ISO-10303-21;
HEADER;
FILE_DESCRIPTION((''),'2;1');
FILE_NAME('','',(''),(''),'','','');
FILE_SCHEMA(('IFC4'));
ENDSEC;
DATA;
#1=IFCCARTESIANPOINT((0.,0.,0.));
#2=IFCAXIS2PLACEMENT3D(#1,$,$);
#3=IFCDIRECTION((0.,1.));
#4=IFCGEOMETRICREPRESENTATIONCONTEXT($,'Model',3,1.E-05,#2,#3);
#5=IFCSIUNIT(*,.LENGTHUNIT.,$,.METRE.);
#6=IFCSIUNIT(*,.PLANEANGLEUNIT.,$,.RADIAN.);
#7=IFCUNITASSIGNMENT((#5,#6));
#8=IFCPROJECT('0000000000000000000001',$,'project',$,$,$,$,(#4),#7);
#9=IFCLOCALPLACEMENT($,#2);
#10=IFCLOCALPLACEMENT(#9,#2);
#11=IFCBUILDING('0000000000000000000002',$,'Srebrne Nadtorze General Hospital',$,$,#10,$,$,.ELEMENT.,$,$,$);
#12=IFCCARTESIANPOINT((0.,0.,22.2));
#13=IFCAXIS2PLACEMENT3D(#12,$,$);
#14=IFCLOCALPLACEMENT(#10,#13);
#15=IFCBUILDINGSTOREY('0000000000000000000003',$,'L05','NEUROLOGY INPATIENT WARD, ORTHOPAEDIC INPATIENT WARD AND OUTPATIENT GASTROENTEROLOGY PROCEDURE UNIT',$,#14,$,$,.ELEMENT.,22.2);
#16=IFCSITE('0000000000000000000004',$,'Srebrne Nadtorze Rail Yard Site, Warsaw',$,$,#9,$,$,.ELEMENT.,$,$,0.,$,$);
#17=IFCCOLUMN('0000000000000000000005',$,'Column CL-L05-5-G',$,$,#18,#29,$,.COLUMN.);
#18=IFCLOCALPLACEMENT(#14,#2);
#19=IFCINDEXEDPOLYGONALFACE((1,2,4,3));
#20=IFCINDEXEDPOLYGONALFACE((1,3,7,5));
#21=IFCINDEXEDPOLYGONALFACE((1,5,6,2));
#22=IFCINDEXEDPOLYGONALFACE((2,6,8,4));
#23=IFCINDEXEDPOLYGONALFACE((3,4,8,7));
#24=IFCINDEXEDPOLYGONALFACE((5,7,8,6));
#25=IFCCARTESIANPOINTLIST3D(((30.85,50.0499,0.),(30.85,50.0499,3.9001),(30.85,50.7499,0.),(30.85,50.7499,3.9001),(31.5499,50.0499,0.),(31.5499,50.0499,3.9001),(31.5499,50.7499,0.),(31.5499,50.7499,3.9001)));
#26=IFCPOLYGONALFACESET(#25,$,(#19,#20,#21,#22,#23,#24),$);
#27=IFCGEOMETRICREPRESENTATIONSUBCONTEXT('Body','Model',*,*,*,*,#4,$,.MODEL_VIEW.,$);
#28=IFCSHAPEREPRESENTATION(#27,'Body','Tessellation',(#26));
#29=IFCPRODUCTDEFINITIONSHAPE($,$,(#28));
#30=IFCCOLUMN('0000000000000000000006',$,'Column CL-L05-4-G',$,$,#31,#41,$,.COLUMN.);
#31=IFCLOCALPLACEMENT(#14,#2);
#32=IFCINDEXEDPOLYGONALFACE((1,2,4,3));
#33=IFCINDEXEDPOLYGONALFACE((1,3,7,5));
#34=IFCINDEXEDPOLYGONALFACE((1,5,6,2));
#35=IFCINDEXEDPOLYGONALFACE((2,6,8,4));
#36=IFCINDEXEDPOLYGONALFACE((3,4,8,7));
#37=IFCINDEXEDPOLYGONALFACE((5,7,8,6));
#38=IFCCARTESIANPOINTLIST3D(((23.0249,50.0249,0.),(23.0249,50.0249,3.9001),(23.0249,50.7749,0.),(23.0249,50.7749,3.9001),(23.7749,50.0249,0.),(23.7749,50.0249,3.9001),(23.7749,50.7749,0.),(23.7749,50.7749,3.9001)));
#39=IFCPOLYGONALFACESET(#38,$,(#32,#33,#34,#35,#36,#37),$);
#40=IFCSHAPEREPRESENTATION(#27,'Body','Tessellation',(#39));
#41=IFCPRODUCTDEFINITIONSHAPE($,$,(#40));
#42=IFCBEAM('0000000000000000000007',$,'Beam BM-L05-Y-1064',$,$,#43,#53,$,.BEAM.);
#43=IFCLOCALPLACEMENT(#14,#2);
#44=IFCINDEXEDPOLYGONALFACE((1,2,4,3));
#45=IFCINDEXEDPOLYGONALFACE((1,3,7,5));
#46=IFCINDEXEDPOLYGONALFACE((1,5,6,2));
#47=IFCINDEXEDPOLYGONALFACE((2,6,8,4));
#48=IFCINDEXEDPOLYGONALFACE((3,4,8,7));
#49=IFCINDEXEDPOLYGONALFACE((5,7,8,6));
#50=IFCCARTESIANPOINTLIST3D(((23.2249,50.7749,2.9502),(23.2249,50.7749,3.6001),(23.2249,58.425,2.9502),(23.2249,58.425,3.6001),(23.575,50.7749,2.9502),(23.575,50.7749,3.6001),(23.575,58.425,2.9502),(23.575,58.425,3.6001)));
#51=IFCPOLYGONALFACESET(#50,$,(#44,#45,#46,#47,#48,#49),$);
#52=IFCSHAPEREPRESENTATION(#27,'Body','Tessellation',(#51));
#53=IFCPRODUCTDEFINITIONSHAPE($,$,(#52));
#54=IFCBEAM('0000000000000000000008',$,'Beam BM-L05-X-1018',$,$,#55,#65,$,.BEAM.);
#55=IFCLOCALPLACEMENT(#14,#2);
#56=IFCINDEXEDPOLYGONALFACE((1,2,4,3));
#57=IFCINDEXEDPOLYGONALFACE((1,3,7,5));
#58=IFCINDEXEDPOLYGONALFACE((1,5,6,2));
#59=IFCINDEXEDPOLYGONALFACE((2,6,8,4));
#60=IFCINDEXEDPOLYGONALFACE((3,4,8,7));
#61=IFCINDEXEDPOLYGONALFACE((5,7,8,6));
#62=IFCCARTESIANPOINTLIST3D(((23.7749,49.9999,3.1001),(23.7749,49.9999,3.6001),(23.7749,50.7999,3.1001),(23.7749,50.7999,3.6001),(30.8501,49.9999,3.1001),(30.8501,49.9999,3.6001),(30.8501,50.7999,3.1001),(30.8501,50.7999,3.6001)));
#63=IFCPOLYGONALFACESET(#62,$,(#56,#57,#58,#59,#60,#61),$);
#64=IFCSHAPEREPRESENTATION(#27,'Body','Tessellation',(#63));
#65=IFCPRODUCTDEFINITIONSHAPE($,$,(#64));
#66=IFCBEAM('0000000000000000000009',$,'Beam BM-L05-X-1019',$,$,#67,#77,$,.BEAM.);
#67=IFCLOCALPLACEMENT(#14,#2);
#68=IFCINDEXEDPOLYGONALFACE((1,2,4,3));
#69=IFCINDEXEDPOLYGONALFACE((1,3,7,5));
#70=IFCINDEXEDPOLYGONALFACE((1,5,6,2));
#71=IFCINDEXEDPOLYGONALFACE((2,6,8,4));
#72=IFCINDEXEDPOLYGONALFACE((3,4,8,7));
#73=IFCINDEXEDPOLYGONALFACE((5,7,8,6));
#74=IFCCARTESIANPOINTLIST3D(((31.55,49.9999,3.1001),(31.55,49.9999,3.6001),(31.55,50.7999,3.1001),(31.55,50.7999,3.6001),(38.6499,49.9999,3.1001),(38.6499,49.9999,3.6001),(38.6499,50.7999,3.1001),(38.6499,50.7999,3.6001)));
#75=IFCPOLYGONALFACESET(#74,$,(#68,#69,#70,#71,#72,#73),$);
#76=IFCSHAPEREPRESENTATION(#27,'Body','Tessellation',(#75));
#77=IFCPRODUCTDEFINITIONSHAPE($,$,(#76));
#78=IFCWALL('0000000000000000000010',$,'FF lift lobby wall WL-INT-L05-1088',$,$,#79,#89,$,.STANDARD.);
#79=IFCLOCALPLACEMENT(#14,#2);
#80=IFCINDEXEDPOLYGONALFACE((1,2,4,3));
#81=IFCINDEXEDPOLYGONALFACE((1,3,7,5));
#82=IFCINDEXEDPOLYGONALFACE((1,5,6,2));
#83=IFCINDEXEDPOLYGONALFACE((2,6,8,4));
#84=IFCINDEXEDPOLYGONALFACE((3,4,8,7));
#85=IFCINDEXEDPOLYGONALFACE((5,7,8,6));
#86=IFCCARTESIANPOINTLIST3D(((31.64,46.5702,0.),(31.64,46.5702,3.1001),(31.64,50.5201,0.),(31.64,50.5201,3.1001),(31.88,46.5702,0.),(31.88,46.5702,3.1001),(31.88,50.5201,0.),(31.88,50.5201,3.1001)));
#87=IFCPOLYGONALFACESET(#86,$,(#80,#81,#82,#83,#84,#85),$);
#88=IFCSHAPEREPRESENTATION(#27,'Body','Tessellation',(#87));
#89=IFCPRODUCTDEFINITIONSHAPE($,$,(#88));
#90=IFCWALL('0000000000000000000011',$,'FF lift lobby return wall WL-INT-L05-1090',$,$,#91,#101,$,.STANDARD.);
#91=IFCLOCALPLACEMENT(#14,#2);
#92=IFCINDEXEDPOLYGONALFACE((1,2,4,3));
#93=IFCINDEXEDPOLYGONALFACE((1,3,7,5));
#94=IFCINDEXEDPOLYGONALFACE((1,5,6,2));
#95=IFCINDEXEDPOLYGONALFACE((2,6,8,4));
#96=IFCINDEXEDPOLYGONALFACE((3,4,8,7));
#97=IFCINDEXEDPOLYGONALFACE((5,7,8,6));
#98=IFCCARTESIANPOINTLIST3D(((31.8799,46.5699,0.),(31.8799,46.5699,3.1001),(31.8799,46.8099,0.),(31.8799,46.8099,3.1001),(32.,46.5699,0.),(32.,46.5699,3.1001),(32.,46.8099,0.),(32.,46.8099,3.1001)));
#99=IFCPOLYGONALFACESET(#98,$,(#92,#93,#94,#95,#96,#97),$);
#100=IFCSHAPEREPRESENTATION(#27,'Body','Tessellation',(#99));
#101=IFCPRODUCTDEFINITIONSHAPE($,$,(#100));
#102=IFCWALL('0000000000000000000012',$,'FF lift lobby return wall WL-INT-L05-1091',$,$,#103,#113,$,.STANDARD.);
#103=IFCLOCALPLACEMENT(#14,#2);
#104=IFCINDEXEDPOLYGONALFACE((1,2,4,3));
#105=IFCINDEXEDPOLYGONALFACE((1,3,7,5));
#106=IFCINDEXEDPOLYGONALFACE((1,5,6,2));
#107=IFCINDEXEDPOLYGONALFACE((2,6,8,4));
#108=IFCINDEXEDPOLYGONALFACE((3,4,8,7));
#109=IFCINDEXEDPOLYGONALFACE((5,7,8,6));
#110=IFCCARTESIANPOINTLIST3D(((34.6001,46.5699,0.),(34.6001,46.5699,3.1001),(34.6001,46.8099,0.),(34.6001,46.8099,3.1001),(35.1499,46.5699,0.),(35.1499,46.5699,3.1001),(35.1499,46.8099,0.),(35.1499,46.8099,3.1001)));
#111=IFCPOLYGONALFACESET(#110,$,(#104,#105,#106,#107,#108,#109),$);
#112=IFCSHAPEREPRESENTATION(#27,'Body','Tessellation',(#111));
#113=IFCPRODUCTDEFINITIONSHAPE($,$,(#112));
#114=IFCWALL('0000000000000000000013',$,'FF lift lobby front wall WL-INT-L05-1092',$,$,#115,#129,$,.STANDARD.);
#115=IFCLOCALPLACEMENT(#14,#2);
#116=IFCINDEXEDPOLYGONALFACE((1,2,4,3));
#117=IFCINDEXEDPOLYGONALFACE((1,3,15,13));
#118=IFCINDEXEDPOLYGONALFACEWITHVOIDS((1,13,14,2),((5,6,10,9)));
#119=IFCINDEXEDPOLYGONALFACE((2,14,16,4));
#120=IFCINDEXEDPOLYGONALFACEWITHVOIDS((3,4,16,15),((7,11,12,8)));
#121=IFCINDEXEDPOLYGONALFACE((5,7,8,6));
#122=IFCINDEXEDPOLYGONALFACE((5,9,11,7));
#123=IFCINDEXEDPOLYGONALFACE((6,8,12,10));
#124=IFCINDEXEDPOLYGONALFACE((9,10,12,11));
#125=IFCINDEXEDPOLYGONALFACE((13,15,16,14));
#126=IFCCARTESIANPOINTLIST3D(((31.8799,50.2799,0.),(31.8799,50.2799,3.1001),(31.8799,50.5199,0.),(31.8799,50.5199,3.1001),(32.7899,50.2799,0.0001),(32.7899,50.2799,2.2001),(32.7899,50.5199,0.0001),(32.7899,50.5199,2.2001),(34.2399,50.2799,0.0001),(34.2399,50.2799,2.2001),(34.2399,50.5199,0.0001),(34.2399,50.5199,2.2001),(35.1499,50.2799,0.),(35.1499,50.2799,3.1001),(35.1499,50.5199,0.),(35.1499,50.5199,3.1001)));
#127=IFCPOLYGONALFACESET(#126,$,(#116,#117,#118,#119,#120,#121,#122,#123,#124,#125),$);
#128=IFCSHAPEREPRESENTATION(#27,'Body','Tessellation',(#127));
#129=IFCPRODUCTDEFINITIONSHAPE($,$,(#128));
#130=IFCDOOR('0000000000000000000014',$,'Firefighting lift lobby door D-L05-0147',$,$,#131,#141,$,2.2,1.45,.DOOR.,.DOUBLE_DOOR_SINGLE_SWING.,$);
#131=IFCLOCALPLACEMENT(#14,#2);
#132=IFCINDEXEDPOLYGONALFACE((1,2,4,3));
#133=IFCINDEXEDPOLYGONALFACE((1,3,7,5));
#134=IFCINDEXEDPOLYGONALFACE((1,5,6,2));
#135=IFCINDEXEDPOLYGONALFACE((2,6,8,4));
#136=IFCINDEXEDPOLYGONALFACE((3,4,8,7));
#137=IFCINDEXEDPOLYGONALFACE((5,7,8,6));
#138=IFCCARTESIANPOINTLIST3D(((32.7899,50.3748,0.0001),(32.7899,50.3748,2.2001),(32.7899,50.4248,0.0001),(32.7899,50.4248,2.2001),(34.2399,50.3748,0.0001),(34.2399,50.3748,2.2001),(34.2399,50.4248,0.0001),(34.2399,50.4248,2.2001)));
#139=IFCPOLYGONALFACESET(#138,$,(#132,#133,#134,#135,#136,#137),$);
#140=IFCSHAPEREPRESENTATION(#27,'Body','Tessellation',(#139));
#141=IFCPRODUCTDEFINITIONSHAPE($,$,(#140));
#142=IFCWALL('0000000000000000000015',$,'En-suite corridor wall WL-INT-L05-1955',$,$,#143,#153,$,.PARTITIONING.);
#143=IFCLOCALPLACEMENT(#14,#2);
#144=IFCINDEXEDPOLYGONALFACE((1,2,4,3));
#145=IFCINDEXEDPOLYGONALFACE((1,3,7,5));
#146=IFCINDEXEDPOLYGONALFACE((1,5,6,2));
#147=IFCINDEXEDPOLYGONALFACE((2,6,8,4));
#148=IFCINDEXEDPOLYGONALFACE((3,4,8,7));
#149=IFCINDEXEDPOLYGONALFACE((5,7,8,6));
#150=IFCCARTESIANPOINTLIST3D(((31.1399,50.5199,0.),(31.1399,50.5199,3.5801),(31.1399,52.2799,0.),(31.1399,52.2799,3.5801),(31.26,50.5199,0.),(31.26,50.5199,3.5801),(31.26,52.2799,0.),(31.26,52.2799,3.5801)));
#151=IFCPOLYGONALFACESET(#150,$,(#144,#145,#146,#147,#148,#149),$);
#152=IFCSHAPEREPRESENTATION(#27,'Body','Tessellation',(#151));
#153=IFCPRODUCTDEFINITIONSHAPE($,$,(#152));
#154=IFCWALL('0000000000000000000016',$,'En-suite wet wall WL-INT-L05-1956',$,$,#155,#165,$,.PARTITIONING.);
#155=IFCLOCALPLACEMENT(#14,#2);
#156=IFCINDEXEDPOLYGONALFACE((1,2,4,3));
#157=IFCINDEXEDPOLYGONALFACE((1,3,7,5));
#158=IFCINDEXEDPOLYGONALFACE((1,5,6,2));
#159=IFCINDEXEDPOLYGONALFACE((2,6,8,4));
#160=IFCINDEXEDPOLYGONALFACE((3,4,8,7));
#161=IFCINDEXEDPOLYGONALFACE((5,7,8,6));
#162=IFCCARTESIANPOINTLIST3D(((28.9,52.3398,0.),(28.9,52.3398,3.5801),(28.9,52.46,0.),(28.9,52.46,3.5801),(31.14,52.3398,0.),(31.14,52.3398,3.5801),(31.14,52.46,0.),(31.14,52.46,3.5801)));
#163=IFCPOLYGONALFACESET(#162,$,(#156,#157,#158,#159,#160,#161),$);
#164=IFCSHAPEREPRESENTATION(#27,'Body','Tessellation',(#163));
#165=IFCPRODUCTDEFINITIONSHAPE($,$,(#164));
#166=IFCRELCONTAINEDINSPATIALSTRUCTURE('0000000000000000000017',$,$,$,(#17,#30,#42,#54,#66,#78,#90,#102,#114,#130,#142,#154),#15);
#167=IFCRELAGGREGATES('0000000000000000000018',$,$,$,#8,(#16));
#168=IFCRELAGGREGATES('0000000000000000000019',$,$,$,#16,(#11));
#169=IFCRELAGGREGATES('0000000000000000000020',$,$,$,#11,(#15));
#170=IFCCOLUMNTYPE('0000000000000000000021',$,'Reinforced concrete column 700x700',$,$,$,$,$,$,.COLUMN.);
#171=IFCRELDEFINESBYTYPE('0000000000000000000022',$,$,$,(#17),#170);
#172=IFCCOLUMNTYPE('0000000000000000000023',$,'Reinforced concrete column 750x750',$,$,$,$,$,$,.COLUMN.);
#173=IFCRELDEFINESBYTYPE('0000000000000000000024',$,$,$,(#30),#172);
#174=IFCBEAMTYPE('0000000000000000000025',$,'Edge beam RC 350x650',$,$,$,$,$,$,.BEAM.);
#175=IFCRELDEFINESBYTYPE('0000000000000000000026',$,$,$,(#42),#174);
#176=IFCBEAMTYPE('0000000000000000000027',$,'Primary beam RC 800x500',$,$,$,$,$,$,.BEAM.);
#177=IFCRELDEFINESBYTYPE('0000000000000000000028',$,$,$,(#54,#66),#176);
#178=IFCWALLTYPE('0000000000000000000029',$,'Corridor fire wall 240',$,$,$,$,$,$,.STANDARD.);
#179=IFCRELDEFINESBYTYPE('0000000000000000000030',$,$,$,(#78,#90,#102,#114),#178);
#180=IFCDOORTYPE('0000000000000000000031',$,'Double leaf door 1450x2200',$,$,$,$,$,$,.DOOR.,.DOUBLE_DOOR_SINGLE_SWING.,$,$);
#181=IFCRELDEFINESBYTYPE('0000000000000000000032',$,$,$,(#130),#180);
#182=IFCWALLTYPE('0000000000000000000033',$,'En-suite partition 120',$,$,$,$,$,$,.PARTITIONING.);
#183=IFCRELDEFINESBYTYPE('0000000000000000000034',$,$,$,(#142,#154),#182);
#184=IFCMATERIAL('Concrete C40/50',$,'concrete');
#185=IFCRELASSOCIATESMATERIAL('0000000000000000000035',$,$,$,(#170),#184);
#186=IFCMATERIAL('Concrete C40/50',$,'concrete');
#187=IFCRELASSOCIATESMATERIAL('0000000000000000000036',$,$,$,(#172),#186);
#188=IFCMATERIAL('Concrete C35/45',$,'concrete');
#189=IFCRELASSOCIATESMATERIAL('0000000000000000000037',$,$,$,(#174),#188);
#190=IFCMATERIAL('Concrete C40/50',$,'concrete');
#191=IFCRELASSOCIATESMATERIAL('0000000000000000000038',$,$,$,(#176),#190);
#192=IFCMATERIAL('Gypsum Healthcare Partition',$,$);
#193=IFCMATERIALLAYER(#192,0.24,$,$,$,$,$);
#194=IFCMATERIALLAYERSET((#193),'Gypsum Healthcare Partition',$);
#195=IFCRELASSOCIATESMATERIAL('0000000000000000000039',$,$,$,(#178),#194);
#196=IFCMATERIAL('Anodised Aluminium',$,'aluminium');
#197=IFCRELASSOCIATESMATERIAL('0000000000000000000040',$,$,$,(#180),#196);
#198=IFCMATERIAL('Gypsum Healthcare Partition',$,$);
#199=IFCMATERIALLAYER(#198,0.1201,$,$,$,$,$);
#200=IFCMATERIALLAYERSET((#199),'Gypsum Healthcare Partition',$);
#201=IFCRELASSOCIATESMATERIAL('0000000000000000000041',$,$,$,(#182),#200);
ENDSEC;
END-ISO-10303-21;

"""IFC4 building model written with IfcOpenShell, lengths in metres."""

from ifc_helpers import new_model, si_unit, direction, frame, frame_2d, origin, origin_2d, place, context, subcontext, project, spatial, rectangle, extrude, material, layer, layer_set, material_profile, profile_set, type_object, element, fill, save


model = new_model("IFC4")

# Units and contexts
model_context = context("Model", 3, precision=1e-05, world=origin(), true_north=direction((0.0, 1.0)))
body_context = subcontext(model_context, "Body", "Model", "MODEL_VIEW")
ifc_project = project(units=[si_unit("LENGTHUNIT", "METRE"), si_unit("PLANEANGLEUNIT", "RADIAN")], contexts=[model_context])

# Site, building, storey
site_placement = place(None, origin())
site = spatial("IfcSite", under=ifc_project, at=site_placement, Name="Srebrne Nadtorze Rail Yard Site, Warsaw", CompositionType="ELEMENT", RefElevation=0.0)
building_placement = place(site_placement, origin())
building = spatial("IfcBuilding", under=site, at=building_placement, Name="Srebrne Nadtorze General Hospital", CompositionType="ELEMENT")
storey_placement = place(building_placement, frame((0.0, 0.0, 22.2)))
storey = spatial("IfcBuildingStorey", under=building, at=storey_placement, Name="L05", Description="NEUROLOGY INPATIENT WARD, ORTHOPAEDIC INPATIENT WARD AND OUTPATIENT GASTROENTEROLOGY PROCEDURE UNIT", CompositionType="ELEMENT", Elevation=22.2)

# Columns
ifc_material_1 = material(Name="Concrete C40/50", Category="concrete")
ifc_material_profile_1 = material_profile(ifc_material_1, rectangle(XDim=0.7, YDim=0.7, at=origin_2d()), Name="RC-COL-700x700")
ifc_profile_set_1 = profile_set([ifc_material_profile_1], Name="Concrete C40/50")
column_type_1 = type_object("IfcColumnType", Name="Reinforced concrete column 700x700", PredefinedType="COLUMN", material=ifc_profile_set_1)
column_1_placement = place(storey_placement, frame((31.2, 50.3999, 0.0), z_axis=(0.0, 0.0, 1.0), x_axis=(1.0, 0.0, 0.0)))
element("IfcColumn", 1, at=column_1_placement, inside=storey, type_object=column_type_1, Name="Column CL-L05-5-G", PredefinedType="COLUMN", context=body_context, shape_type="SweptSolid", body=[
    extrude(rectangle(XDim=0.7, YDim=0.7, at=origin_2d()), origin(), (0.0, 0.0, 1.0), 3.9001),
])
ifc_material_2 = material(Name="Concrete C40/50", Category="concrete")
ifc_material_profile_2 = material_profile(ifc_material_2, rectangle(XDim=0.75, YDim=0.75, at=origin_2d()), Name="RC-COL-750x750")
ifc_profile_set_2 = profile_set([ifc_material_profile_2], Name="Concrete C40/50")
column_type_2 = type_object("IfcColumnType", Name="Reinforced concrete column 750x750", PredefinedType="COLUMN", material=ifc_profile_set_2)
column_2_placement = place(storey_placement, frame((23.3999, 50.3999, 0.0), z_axis=(0.0, 0.0, 1.0), x_axis=(1.0, 0.0, 0.0)))
element("IfcColumn", 2, at=column_2_placement, inside=storey, type_object=column_type_2, Name="Column CL-L05-4-G", PredefinedType="COLUMN", context=body_context, shape_type="SweptSolid", body=[
    extrude(rectangle(XDim=0.75, YDim=0.75, at=origin_2d()), origin(), (0.0, 0.0, 1.0), 3.9001),
])

# Beams
ifc_material_3 = material(Name="Concrete C35/45", Category="concrete")
ifc_material_profile_3 = material_profile(ifc_material_3, rectangle(XDim=0.3501, YDim=0.6499, at=origin_2d()), Name="RC-BM-350x650")
ifc_profile_set_3 = profile_set([ifc_material_profile_3], Name="Concrete C35/45")
beam_type_1 = type_object("IfcBeamType", Name="Edge beam RC 350x650", PredefinedType="BEAM", material=ifc_profile_set_3)
beam_1_placement = place(storey_placement, frame((23.3999, 50.7749, 3.2751), z_axis=(0.0, 1.0, 0.0), x_axis=(-1.0, 0.0, 0.0)))
element("IfcBeam", 3, at=beam_1_placement, inside=storey, type_object=beam_type_1, Name="Beam BM-L05-Y-1064", PredefinedType="BEAM", context=body_context, shape_type="SweptSolid", body=[
    extrude(rectangle(XDim=0.3501, YDim=0.6499, at=origin_2d()), origin(), (0.0, 0.0, 1.0), 7.6501),
])
ifc_material_4 = material(Name="Concrete C40/50", Category="concrete")
ifc_material_profile_4 = material_profile(ifc_material_4, rectangle(XDim=0.8, YDim=0.5, at=origin_2d()), Name="RC-BM-800x500")
ifc_profile_set_4 = profile_set([ifc_material_profile_4], Name="Concrete C40/50")
beam_type_2 = type_object("IfcBeamType", Name="Primary beam RC 800x500", PredefinedType="BEAM", material=ifc_profile_set_4)
beam_2_placement = place(storey_placement, frame((23.7749, 50.3999, 3.3501), z_axis=(1.0, 0.0, 0.0), x_axis=(0.0, 1.0, 0.0)))
element("IfcBeam", 4, at=beam_2_placement, inside=storey, type_object=beam_type_2, Name="Beam BM-L05-X-1018", PredefinedType="BEAM", context=body_context, shape_type="SweptSolid", body=[
    extrude(rectangle(XDim=0.8, YDim=0.5, at=origin_2d()), origin(), (0.0, 0.0, 1.0), 7.0752),
])
beam_3_placement = place(storey_placement, frame((31.55, 50.3999, 3.3501), z_axis=(1.0, 0.0, 0.0), x_axis=(0.0, 1.0, 0.0)))
element("IfcBeam", 5, at=beam_3_placement, inside=storey, type_object=beam_type_2, Name="Beam BM-L05-X-1019", PredefinedType="BEAM", context=body_context, shape_type="SweptSolid", body=[
    extrude(rectangle(XDim=0.8, YDim=0.5, at=origin_2d()), origin(), (0.0, 0.0, 1.0), 7.0999),
])

# Walls
ifc_material_5 = material(Name="Gypsum Healthcare Partition")
ifc_layer_1 = layer(ifc_material_5, 0.24)
ifc_layer_set_1 = layer_set([ifc_layer_1], Name="Gypsum Healthcare Partition")
wall_type_1 = type_object("IfcWallType", Name="Corridor fire wall 240", PredefinedType="STANDARD", material=ifc_layer_set_1)
wall_1_placement = place(storey_placement, frame((31.76, 46.5701, 0.0), z_axis=(0.0, 0.0, 1.0), x_axis=(0.0, 1.0, 0.0)))
element("IfcWall", 6, at=wall_1_placement, inside=storey, type_object=wall_type_1, Name="FF lift lobby wall WL-INT-L05-1088", PredefinedType="STANDARD", context=body_context, shape_type="SweptSolid", body=[
    extrude(rectangle(XDim=3.95, YDim=0.24, at=frame_2d((1.9751, 0.0))), origin(), (0.0, 0.0, 1.0), 3.1001),
])
wall_2_placement = place(storey_placement, frame((31.8799, 46.6899, 0.0), z_axis=(0.0, 0.0, 1.0), x_axis=(1.0, 0.0, 0.0)))
element("IfcWall", 7, at=wall_2_placement, inside=storey, type_object=wall_type_1, Name="FF lift lobby return wall WL-INT-L05-1090", PredefinedType="STANDARD", context=body_context, shape_type="SweptSolid", body=[
    extrude(rectangle(XDim=0.1201, YDim=0.24, at=frame_2d((0.0601, 0.0))), origin(), (0.0, 0.0, 1.0), 3.1001),
])
wall_3_placement = place(storey_placement, frame((34.6001, 46.6899, 0.0), z_axis=(0.0, 0.0, 1.0), x_axis=(1.0, 0.0, 0.0)))
element("IfcWall", 8, at=wall_3_placement, inside=storey, type_object=wall_type_1, Name="FF lift lobby return wall WL-INT-L05-1091", PredefinedType="STANDARD", context=body_context, shape_type="SweptSolid", body=[
    extrude(rectangle(XDim=0.5498, YDim=0.24, at=frame_2d((0.2749, 0.0))), origin(), (0.0, 0.0, 1.0), 3.1001),
])

# Wall, opening, door
wall_4_placement = place(storey_placement, frame((31.8799, 50.3999, 0.0), z_axis=(0.0, 0.0, 1.0), x_axis=(1.0, 0.0, 0.0)))
wall_4 = element("IfcWall", 9, at=wall_4_placement, inside=storey, type_object=wall_type_1, Name="FF lift lobby front wall WL-INT-L05-1092", PredefinedType="STANDARD", context=body_context, shape_type="SweptSolid", body=[
    extrude(rectangle(XDim=3.27, YDim=0.24, at=frame_2d((1.635, 0.0))), origin(), (0.0, 0.0, 1.0), 3.1001),
])
opening_1_placement = place(wall_4_placement, frame((0.9099, 0.0, 0.0)))
opening_1 = element("IfcOpeningElement", 10, at=opening_1_placement, cuts=wall_4, PredefinedType="OPENING", context=body_context, shape_type="SweptSolid", body=[
    extrude(rectangle(XDim=1.45, YDim=2.2, at=frame_2d((0.7251, 1.1001))), frame((0.0, 0.1318, 0.0), z_axis=(0.0, -1.0, 0.0), x_axis=(1.0, 0.0, 0.0)), (0.0, 0.0, 1.0), 0.2639),
])
ifc_material_6 = material(Name="Anodised Aluminium", Category="aluminium")
door_type_1 = type_object("IfcDoorType", Name="Double leaf door 1450x2200", OperationType="DOUBLE_DOOR_SINGLE_SWING", PredefinedType="DOOR", material=ifc_material_6)
door_1_placement = place(opening_1_placement, origin())
door_1 = element("IfcDoor", 11, at=door_1_placement, inside=storey, type_object=door_type_1, Name="Firefighting lift lobby door D-L05-0147", OperationType="DOUBLE_DOOR_SINGLE_SWING", OverallHeight=2.2, OverallWidth=1.45, PredefinedType="DOOR", context=body_context, shape_type="SweptSolid", body=[
    extrude(rectangle(XDim=1.45, YDim=2.2, at=frame_2d((0.7251, 1.1001))), frame((0.0, 0.0249, 0.0), z_axis=(0.0, -1.0, 0.0), x_axis=(1.0, 0.0, 0.0)), (0.0, 0.0, 1.0), 0.05),
])
fill(opening_1, door_1)

# Walls
ifc_material_7 = material(Name="Gypsum Healthcare Partition")
ifc_layer_2 = layer(ifc_material_7, 0.1201)
ifc_layer_set_2 = layer_set([ifc_layer_2], Name="Gypsum Healthcare Partition")
wall_type_2 = type_object("IfcWallType", Name="En-suite partition 120", PredefinedType="PARTITIONING", material=ifc_layer_set_2)
wall_5_placement = place(storey_placement, frame((31.2, 50.52, 0.0), z_axis=(0.0, 0.0, 1.0), x_axis=(0.0, 1.0, 0.0)))
element("IfcWall", 12, at=wall_5_placement, inside=storey, type_object=wall_type_2, Name="En-suite corridor wall WL-INT-L05-1955", PredefinedType="PARTITIONING", context=body_context, shape_type="SweptSolid", body=[
    extrude(rectangle(XDim=1.76, YDim=0.1201, at=frame_2d((0.8799, 0.0))), origin(), (0.0, 0.0, 1.0), 3.5801),
])
wall_6_placement = place(storey_placement, frame((28.8999, 52.3999, 0.0), z_axis=(0.0, 0.0, 1.0), x_axis=(1.0, 0.0, 0.0)))
element("IfcWall", 13, at=wall_6_placement, inside=storey, type_object=wall_type_2, Name="En-suite wet wall WL-INT-L05-1956", PredefinedType="PARTITIONING", context=body_context, shape_type="SweptSolid", body=[
    extrude(rectangle(XDim=2.24, YDim=0.1201, at=frame_2d((1.1201, 0.0))), origin(), (0.0, 0.0, 1.0), 3.5801),
])

save(model, "model.ifc")
